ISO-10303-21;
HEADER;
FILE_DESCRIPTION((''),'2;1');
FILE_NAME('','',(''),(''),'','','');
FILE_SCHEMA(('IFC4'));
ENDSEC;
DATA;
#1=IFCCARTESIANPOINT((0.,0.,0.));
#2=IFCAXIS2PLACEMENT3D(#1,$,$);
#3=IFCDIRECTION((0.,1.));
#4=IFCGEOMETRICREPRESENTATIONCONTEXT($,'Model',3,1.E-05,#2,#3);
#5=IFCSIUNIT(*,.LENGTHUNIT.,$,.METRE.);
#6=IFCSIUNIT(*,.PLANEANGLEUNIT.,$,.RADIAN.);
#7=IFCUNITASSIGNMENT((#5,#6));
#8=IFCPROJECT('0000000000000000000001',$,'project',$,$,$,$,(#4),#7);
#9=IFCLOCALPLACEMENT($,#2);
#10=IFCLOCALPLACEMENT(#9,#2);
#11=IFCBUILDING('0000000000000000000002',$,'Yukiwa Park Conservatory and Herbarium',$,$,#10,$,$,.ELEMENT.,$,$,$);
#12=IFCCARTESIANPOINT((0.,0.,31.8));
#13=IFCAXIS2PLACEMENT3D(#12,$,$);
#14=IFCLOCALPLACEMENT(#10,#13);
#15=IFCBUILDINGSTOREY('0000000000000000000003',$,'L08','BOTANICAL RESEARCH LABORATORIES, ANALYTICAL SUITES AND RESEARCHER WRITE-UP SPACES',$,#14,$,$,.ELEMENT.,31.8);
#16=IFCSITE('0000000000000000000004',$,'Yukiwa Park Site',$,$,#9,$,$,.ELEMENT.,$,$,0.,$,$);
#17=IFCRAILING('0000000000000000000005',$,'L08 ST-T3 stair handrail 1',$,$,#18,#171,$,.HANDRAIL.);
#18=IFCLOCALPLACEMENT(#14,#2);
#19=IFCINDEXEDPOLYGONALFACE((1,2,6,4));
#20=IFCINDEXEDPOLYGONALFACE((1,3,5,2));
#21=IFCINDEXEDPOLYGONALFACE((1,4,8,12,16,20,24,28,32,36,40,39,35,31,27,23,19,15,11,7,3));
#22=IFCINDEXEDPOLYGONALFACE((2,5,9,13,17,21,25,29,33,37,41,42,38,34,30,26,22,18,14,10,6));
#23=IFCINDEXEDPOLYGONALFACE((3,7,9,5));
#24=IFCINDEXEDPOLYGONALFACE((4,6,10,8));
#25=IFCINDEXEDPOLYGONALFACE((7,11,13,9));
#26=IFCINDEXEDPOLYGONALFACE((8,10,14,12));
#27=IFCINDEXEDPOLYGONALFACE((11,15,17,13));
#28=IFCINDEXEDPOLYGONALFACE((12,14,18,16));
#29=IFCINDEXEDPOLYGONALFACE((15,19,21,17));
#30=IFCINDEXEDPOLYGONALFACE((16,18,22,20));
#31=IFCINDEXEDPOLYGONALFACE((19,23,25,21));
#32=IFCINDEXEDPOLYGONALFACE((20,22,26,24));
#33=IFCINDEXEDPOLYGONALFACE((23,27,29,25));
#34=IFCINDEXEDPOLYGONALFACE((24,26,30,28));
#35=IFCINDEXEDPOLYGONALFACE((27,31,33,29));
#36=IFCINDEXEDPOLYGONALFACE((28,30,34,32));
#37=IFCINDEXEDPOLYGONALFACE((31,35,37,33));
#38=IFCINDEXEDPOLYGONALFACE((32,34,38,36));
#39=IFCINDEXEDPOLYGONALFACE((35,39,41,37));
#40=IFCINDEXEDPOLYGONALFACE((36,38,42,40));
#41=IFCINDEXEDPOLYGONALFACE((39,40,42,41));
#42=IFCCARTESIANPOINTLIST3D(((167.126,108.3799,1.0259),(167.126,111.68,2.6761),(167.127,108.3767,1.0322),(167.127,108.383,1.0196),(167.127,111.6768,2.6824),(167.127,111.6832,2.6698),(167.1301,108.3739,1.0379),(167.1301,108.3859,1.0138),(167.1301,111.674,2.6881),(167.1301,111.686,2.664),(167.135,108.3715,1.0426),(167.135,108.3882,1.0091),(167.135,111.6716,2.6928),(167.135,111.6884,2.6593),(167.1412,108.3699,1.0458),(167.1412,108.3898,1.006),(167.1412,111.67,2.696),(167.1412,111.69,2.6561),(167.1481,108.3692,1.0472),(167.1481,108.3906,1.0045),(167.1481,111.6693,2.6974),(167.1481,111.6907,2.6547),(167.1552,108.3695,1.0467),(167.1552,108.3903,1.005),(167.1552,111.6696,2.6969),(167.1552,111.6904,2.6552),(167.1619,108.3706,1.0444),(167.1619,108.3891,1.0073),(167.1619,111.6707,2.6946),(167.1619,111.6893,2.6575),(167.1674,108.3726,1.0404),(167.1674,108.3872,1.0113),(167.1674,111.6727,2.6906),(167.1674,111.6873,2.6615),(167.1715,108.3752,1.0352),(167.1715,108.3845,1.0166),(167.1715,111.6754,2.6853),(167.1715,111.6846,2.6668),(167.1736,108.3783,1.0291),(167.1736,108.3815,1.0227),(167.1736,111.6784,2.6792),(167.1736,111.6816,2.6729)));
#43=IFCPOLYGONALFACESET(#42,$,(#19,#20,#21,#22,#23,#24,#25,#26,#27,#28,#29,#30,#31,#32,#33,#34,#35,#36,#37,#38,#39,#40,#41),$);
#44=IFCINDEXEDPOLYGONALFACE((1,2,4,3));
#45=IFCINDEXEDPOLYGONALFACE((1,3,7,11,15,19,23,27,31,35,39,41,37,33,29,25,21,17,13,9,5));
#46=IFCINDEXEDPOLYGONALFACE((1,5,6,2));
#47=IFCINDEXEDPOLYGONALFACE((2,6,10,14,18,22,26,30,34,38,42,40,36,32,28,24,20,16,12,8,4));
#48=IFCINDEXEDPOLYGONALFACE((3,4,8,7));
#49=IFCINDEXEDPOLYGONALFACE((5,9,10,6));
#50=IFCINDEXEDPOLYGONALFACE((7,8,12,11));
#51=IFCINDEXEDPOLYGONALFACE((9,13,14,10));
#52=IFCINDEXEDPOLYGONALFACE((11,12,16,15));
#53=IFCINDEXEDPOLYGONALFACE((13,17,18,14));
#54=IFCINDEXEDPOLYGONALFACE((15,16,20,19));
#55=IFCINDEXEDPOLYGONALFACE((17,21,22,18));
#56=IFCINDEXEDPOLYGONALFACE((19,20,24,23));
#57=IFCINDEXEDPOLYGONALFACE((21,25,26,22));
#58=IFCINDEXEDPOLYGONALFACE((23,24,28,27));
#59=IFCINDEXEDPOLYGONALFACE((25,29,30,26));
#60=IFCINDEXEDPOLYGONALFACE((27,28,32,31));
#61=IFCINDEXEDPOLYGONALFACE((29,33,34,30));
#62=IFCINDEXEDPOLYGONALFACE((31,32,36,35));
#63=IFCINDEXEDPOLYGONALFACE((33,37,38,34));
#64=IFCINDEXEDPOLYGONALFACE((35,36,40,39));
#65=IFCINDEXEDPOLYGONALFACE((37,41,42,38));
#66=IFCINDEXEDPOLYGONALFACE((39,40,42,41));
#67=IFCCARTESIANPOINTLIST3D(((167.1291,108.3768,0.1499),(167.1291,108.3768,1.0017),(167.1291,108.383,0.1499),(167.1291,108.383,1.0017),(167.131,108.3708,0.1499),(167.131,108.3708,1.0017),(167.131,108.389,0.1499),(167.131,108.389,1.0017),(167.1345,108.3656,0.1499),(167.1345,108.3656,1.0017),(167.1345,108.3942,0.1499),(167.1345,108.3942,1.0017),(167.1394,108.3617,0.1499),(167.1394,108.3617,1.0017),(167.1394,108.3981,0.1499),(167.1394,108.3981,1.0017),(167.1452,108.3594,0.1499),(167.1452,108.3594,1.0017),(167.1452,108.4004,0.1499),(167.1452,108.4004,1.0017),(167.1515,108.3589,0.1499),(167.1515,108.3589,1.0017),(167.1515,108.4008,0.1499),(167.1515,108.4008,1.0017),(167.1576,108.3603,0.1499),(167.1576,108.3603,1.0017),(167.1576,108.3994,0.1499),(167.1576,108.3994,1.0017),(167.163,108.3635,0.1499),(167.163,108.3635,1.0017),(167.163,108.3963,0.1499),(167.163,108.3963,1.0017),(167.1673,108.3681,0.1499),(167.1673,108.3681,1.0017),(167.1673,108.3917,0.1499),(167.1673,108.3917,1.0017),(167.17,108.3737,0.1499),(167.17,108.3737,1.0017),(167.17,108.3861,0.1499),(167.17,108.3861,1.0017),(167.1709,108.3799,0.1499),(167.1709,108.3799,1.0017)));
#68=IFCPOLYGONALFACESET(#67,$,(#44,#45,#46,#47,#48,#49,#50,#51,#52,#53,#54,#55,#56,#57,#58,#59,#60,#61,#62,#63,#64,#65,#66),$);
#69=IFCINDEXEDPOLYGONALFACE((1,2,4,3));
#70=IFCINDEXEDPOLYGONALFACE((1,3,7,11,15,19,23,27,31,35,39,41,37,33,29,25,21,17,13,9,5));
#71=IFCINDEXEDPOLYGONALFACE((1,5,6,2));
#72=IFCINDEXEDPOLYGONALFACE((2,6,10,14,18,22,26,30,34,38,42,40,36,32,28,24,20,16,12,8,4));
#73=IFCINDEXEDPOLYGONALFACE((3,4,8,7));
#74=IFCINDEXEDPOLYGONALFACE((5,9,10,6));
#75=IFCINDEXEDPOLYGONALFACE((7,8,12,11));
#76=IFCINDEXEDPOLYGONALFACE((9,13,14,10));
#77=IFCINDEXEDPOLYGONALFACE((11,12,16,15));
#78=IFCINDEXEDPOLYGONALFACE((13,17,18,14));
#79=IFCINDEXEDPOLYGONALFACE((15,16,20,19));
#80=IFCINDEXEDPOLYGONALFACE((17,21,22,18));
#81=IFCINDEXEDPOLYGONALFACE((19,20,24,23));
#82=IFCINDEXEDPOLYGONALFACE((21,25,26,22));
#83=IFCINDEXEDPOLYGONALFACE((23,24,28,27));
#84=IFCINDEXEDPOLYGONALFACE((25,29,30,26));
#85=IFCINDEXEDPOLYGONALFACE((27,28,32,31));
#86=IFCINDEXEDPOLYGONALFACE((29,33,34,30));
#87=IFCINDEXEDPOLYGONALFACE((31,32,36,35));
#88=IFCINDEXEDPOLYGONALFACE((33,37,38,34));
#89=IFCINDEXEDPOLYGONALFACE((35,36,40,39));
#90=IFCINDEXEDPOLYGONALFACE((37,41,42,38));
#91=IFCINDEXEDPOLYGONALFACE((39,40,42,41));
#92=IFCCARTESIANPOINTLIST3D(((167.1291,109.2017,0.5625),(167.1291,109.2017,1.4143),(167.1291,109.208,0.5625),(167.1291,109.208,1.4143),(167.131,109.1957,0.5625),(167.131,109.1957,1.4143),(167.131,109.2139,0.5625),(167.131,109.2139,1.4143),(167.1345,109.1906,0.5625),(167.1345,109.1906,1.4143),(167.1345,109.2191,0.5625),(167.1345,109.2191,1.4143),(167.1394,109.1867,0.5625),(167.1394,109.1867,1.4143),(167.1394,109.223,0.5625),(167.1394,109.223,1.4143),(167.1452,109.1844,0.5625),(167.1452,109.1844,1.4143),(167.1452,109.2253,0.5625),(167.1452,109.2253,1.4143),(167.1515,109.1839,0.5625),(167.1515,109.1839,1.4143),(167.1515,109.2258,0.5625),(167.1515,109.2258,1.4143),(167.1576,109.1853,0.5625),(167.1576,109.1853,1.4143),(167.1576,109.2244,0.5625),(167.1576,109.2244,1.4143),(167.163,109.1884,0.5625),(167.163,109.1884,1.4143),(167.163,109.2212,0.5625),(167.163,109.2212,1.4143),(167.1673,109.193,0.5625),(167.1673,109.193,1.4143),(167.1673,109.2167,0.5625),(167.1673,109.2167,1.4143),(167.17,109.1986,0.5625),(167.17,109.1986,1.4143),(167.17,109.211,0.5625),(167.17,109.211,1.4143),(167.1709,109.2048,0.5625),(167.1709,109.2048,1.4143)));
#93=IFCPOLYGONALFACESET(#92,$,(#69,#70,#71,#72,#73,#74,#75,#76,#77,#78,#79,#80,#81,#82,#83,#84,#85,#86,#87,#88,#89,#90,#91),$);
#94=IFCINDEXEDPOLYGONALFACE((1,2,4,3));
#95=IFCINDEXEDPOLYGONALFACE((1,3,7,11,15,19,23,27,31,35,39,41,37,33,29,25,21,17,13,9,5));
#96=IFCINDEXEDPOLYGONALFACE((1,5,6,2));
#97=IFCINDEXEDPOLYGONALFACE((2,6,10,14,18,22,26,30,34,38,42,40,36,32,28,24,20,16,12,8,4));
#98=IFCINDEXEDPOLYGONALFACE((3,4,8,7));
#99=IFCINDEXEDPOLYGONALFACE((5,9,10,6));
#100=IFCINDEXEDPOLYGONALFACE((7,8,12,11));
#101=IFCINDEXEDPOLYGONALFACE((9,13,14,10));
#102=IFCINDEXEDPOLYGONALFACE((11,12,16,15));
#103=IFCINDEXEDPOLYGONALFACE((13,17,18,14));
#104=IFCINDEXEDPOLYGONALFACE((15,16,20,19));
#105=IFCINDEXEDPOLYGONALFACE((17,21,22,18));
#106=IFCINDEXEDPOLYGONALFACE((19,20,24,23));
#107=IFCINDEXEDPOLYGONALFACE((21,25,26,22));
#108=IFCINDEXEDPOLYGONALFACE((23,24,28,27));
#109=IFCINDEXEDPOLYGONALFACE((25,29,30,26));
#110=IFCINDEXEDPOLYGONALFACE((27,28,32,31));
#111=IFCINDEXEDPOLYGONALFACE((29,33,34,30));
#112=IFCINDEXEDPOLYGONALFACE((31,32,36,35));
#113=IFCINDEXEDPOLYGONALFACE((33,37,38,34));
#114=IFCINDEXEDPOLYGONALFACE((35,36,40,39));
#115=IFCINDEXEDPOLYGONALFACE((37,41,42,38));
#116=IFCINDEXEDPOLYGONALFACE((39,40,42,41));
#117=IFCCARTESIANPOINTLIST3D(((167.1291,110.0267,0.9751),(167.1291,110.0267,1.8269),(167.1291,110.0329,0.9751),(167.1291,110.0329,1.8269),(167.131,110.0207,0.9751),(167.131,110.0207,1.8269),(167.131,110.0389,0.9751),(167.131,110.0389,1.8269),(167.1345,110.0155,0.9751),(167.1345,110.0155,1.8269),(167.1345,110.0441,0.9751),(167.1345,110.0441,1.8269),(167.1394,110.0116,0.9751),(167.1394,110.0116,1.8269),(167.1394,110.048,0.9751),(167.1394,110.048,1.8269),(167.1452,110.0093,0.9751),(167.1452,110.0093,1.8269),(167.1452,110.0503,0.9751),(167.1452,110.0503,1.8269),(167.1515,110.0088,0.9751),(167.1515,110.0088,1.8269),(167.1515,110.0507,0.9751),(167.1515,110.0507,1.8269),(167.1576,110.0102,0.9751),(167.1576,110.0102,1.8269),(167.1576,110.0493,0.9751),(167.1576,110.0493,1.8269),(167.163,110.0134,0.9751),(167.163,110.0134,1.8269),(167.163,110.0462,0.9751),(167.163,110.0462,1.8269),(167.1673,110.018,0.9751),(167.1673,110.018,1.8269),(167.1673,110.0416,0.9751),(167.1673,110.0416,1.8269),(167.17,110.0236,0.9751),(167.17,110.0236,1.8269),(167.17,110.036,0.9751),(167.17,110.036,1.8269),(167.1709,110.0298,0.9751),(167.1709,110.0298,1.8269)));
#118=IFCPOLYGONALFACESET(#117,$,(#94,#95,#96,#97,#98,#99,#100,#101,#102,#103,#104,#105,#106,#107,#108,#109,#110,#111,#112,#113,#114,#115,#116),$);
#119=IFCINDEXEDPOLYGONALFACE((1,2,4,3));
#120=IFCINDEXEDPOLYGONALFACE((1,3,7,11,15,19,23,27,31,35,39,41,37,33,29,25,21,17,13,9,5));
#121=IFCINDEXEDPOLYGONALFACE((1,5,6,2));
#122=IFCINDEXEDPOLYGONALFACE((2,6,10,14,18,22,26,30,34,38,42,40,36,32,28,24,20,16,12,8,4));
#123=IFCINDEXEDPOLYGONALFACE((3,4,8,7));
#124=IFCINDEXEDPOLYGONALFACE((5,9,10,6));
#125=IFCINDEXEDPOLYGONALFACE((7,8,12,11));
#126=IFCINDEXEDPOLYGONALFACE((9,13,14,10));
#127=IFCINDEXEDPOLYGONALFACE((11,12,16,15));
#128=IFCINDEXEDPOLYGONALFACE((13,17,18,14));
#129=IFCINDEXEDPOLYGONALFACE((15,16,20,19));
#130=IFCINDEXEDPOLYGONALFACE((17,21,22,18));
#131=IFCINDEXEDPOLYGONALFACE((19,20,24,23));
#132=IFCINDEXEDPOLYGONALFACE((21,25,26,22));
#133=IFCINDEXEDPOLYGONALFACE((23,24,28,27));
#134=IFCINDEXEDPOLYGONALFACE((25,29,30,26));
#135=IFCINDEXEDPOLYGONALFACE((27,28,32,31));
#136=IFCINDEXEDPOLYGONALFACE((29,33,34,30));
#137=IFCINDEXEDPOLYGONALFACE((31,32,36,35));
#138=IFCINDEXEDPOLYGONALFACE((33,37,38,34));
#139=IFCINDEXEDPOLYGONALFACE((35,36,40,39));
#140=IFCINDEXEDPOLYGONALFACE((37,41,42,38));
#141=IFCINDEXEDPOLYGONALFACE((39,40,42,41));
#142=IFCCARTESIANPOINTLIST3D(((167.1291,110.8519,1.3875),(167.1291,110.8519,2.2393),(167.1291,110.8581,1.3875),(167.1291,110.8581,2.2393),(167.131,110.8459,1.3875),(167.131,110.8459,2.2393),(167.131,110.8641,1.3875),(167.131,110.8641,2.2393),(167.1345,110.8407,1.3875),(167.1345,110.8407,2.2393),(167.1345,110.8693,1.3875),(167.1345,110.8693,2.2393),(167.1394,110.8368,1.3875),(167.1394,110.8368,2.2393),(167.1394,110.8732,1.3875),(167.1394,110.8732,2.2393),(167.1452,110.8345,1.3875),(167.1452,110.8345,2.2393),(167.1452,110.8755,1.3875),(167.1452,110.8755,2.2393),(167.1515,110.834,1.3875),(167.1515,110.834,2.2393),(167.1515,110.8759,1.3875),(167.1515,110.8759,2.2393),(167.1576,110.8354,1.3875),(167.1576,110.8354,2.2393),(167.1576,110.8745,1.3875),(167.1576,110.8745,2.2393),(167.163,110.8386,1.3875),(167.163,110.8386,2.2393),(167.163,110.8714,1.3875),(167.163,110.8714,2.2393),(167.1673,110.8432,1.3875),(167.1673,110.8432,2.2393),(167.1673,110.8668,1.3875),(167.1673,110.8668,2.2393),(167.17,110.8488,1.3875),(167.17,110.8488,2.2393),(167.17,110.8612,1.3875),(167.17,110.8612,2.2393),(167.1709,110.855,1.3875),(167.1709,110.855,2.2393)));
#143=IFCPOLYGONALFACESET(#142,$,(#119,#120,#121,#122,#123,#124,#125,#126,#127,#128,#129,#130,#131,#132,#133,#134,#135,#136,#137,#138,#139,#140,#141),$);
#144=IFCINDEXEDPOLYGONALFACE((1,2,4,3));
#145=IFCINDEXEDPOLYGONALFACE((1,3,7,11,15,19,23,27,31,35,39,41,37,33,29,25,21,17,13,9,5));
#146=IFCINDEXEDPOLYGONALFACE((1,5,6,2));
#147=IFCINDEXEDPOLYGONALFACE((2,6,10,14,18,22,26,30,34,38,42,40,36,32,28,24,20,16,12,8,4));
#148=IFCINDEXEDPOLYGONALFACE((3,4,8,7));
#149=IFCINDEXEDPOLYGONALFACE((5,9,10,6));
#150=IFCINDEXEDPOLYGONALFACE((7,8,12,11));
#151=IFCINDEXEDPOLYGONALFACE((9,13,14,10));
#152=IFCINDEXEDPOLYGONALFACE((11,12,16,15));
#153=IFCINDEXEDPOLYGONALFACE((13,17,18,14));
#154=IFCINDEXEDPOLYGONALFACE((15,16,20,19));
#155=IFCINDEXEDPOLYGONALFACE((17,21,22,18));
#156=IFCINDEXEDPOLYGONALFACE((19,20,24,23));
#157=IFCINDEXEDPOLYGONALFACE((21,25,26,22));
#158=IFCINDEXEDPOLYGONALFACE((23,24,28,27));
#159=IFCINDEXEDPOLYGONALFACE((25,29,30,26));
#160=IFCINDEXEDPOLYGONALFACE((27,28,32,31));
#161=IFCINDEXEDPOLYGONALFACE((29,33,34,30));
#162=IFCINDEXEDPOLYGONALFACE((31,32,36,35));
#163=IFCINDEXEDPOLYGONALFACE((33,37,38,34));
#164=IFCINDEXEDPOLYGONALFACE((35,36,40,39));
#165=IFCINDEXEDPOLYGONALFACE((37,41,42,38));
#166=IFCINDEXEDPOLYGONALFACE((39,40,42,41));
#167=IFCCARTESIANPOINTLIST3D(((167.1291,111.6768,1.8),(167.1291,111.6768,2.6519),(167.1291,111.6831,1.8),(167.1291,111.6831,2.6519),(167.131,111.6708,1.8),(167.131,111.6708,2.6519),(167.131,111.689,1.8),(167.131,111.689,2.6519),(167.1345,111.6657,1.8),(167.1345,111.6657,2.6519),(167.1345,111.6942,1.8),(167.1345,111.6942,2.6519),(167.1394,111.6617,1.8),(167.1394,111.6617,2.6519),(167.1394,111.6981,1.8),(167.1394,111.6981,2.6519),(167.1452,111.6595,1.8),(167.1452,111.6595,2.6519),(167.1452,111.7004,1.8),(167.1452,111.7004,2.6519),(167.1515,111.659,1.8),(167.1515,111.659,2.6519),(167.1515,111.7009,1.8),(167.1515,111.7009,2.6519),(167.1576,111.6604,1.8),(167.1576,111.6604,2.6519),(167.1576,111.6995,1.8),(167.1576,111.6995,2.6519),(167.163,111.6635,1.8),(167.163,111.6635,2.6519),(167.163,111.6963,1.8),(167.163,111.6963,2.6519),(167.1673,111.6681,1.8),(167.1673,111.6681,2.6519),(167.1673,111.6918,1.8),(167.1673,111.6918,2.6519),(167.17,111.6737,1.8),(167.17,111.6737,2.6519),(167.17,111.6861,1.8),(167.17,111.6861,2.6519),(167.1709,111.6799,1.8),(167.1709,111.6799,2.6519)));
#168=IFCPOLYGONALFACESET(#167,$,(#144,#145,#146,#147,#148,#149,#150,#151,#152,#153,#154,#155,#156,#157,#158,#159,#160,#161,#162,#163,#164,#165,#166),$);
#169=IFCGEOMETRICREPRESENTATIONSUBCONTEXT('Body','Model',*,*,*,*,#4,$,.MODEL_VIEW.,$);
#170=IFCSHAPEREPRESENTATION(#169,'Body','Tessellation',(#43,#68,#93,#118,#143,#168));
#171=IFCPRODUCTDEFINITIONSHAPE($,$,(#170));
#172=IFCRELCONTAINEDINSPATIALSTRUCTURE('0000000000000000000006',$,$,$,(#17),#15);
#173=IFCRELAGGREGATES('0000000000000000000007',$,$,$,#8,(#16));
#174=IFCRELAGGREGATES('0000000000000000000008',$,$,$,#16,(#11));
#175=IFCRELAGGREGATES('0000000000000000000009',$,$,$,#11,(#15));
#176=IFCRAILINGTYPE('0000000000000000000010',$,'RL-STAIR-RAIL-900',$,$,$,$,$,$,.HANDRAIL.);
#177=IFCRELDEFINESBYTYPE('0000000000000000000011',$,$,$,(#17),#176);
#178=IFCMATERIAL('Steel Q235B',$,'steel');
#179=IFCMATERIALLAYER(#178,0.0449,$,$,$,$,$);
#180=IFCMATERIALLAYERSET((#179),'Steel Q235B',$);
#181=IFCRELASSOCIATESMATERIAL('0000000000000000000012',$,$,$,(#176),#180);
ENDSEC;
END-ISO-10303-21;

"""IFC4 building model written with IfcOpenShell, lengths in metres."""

from ifc_helpers import new_model, si_unit, direction, frame, origin, origin_2d, place, context, subcontext, project, spatial, circle, extrude, material, layer, layer_set, type_object, element, save


model = new_model("IFC4")

# Units and contexts
model_context = context("Model", 3, precision=1e-05, world=origin(), true_north=direction((0.0, 1.0)))
body_context = subcontext(model_context, "Body", "Model", "MODEL_VIEW")
ifc_project = project(units=[si_unit("LENGTHUNIT", "METRE"), si_unit("PLANEANGLEUNIT", "RADIAN")], contexts=[model_context])

# Site, building, storey
site_placement = place(None, origin())
site = spatial("IfcSite", under=ifc_project, at=site_placement, Name="Yukiwa Park Site", CompositionType="ELEMENT", RefElevation=0.0)
building_placement = place(site_placement, origin())
building = spatial("IfcBuilding", under=site, at=building_placement, Name="Yukiwa Park Conservatory and Herbarium", CompositionType="ELEMENT")
storey_placement = place(building_placement, frame((0.0, 0.0, 31.8)))
storey = spatial("IfcBuildingStorey", under=building, at=storey_placement, Name="L08", Description="BOTANICAL RESEARCH LABORATORIES, ANALYTICAL SUITES AND RESEARCHER WRITE-UP SPACES", CompositionType="ELEMENT", Elevation=31.8)

# Railing
ifc_material_1 = material(Name="Steel Q235B", Category="steel")
ifc_layer_1 = layer(ifc_material_1, 0.0449)
ifc_layer_set_1 = layer_set([ifc_layer_1], Name="Steel Q235B")
railing_type_1 = type_object("IfcRailingType", Name="RL-STAIR-RAIL-900", PredefinedType="HANDRAIL", material=ifc_layer_set_1)
railing_1_placement = place(storey_placement, frame((167.1499, 108.3799, 0.1499)))
element("IfcRailing", 1, at=railing_1_placement, inside=storey, type_object=railing_type_1, Name="L08 ST-T3 stair handrail 1", PredefinedType="HANDRAIL", context=body_context, shape_type="SweptSolid", body=[
    extrude(circle(Radius=0.0239, at=origin_2d()), frame((0.0, 0.0, 0.876), z_axis=(0.0, 0.894414, 0.44724), x_axis=(-1.0, 0.0, 0.0)), (0.0, 0.0, 1.0), 3.6897),
    extrude(circle(Radius=0.021, at=origin_2d()), origin(), (0.0, 0.0, 1.0), 0.8518),
    extrude(circle(Radius=0.021, at=origin_2d()), frame((0.0, 0.825, 0.4126)), (0.0, 0.0, 1.0), 0.8518),
    extrude(circle(Radius=0.021, at=origin_2d()), frame((0.0, 1.6499, 0.8252)), (0.0, 0.0, 1.0), 0.8518),
    extrude(circle(Radius=0.021, at=origin_2d()), frame((0.0, 2.4751, 1.2375)), (0.0, 0.0, 1.0), 0.8518),
    extrude(circle(Radius=0.021, at=origin_2d()), frame((0.0, 3.3, 1.6501)), (0.0, 0.0, 1.0), 0.8518),
])

save(model, "model.ifc")
